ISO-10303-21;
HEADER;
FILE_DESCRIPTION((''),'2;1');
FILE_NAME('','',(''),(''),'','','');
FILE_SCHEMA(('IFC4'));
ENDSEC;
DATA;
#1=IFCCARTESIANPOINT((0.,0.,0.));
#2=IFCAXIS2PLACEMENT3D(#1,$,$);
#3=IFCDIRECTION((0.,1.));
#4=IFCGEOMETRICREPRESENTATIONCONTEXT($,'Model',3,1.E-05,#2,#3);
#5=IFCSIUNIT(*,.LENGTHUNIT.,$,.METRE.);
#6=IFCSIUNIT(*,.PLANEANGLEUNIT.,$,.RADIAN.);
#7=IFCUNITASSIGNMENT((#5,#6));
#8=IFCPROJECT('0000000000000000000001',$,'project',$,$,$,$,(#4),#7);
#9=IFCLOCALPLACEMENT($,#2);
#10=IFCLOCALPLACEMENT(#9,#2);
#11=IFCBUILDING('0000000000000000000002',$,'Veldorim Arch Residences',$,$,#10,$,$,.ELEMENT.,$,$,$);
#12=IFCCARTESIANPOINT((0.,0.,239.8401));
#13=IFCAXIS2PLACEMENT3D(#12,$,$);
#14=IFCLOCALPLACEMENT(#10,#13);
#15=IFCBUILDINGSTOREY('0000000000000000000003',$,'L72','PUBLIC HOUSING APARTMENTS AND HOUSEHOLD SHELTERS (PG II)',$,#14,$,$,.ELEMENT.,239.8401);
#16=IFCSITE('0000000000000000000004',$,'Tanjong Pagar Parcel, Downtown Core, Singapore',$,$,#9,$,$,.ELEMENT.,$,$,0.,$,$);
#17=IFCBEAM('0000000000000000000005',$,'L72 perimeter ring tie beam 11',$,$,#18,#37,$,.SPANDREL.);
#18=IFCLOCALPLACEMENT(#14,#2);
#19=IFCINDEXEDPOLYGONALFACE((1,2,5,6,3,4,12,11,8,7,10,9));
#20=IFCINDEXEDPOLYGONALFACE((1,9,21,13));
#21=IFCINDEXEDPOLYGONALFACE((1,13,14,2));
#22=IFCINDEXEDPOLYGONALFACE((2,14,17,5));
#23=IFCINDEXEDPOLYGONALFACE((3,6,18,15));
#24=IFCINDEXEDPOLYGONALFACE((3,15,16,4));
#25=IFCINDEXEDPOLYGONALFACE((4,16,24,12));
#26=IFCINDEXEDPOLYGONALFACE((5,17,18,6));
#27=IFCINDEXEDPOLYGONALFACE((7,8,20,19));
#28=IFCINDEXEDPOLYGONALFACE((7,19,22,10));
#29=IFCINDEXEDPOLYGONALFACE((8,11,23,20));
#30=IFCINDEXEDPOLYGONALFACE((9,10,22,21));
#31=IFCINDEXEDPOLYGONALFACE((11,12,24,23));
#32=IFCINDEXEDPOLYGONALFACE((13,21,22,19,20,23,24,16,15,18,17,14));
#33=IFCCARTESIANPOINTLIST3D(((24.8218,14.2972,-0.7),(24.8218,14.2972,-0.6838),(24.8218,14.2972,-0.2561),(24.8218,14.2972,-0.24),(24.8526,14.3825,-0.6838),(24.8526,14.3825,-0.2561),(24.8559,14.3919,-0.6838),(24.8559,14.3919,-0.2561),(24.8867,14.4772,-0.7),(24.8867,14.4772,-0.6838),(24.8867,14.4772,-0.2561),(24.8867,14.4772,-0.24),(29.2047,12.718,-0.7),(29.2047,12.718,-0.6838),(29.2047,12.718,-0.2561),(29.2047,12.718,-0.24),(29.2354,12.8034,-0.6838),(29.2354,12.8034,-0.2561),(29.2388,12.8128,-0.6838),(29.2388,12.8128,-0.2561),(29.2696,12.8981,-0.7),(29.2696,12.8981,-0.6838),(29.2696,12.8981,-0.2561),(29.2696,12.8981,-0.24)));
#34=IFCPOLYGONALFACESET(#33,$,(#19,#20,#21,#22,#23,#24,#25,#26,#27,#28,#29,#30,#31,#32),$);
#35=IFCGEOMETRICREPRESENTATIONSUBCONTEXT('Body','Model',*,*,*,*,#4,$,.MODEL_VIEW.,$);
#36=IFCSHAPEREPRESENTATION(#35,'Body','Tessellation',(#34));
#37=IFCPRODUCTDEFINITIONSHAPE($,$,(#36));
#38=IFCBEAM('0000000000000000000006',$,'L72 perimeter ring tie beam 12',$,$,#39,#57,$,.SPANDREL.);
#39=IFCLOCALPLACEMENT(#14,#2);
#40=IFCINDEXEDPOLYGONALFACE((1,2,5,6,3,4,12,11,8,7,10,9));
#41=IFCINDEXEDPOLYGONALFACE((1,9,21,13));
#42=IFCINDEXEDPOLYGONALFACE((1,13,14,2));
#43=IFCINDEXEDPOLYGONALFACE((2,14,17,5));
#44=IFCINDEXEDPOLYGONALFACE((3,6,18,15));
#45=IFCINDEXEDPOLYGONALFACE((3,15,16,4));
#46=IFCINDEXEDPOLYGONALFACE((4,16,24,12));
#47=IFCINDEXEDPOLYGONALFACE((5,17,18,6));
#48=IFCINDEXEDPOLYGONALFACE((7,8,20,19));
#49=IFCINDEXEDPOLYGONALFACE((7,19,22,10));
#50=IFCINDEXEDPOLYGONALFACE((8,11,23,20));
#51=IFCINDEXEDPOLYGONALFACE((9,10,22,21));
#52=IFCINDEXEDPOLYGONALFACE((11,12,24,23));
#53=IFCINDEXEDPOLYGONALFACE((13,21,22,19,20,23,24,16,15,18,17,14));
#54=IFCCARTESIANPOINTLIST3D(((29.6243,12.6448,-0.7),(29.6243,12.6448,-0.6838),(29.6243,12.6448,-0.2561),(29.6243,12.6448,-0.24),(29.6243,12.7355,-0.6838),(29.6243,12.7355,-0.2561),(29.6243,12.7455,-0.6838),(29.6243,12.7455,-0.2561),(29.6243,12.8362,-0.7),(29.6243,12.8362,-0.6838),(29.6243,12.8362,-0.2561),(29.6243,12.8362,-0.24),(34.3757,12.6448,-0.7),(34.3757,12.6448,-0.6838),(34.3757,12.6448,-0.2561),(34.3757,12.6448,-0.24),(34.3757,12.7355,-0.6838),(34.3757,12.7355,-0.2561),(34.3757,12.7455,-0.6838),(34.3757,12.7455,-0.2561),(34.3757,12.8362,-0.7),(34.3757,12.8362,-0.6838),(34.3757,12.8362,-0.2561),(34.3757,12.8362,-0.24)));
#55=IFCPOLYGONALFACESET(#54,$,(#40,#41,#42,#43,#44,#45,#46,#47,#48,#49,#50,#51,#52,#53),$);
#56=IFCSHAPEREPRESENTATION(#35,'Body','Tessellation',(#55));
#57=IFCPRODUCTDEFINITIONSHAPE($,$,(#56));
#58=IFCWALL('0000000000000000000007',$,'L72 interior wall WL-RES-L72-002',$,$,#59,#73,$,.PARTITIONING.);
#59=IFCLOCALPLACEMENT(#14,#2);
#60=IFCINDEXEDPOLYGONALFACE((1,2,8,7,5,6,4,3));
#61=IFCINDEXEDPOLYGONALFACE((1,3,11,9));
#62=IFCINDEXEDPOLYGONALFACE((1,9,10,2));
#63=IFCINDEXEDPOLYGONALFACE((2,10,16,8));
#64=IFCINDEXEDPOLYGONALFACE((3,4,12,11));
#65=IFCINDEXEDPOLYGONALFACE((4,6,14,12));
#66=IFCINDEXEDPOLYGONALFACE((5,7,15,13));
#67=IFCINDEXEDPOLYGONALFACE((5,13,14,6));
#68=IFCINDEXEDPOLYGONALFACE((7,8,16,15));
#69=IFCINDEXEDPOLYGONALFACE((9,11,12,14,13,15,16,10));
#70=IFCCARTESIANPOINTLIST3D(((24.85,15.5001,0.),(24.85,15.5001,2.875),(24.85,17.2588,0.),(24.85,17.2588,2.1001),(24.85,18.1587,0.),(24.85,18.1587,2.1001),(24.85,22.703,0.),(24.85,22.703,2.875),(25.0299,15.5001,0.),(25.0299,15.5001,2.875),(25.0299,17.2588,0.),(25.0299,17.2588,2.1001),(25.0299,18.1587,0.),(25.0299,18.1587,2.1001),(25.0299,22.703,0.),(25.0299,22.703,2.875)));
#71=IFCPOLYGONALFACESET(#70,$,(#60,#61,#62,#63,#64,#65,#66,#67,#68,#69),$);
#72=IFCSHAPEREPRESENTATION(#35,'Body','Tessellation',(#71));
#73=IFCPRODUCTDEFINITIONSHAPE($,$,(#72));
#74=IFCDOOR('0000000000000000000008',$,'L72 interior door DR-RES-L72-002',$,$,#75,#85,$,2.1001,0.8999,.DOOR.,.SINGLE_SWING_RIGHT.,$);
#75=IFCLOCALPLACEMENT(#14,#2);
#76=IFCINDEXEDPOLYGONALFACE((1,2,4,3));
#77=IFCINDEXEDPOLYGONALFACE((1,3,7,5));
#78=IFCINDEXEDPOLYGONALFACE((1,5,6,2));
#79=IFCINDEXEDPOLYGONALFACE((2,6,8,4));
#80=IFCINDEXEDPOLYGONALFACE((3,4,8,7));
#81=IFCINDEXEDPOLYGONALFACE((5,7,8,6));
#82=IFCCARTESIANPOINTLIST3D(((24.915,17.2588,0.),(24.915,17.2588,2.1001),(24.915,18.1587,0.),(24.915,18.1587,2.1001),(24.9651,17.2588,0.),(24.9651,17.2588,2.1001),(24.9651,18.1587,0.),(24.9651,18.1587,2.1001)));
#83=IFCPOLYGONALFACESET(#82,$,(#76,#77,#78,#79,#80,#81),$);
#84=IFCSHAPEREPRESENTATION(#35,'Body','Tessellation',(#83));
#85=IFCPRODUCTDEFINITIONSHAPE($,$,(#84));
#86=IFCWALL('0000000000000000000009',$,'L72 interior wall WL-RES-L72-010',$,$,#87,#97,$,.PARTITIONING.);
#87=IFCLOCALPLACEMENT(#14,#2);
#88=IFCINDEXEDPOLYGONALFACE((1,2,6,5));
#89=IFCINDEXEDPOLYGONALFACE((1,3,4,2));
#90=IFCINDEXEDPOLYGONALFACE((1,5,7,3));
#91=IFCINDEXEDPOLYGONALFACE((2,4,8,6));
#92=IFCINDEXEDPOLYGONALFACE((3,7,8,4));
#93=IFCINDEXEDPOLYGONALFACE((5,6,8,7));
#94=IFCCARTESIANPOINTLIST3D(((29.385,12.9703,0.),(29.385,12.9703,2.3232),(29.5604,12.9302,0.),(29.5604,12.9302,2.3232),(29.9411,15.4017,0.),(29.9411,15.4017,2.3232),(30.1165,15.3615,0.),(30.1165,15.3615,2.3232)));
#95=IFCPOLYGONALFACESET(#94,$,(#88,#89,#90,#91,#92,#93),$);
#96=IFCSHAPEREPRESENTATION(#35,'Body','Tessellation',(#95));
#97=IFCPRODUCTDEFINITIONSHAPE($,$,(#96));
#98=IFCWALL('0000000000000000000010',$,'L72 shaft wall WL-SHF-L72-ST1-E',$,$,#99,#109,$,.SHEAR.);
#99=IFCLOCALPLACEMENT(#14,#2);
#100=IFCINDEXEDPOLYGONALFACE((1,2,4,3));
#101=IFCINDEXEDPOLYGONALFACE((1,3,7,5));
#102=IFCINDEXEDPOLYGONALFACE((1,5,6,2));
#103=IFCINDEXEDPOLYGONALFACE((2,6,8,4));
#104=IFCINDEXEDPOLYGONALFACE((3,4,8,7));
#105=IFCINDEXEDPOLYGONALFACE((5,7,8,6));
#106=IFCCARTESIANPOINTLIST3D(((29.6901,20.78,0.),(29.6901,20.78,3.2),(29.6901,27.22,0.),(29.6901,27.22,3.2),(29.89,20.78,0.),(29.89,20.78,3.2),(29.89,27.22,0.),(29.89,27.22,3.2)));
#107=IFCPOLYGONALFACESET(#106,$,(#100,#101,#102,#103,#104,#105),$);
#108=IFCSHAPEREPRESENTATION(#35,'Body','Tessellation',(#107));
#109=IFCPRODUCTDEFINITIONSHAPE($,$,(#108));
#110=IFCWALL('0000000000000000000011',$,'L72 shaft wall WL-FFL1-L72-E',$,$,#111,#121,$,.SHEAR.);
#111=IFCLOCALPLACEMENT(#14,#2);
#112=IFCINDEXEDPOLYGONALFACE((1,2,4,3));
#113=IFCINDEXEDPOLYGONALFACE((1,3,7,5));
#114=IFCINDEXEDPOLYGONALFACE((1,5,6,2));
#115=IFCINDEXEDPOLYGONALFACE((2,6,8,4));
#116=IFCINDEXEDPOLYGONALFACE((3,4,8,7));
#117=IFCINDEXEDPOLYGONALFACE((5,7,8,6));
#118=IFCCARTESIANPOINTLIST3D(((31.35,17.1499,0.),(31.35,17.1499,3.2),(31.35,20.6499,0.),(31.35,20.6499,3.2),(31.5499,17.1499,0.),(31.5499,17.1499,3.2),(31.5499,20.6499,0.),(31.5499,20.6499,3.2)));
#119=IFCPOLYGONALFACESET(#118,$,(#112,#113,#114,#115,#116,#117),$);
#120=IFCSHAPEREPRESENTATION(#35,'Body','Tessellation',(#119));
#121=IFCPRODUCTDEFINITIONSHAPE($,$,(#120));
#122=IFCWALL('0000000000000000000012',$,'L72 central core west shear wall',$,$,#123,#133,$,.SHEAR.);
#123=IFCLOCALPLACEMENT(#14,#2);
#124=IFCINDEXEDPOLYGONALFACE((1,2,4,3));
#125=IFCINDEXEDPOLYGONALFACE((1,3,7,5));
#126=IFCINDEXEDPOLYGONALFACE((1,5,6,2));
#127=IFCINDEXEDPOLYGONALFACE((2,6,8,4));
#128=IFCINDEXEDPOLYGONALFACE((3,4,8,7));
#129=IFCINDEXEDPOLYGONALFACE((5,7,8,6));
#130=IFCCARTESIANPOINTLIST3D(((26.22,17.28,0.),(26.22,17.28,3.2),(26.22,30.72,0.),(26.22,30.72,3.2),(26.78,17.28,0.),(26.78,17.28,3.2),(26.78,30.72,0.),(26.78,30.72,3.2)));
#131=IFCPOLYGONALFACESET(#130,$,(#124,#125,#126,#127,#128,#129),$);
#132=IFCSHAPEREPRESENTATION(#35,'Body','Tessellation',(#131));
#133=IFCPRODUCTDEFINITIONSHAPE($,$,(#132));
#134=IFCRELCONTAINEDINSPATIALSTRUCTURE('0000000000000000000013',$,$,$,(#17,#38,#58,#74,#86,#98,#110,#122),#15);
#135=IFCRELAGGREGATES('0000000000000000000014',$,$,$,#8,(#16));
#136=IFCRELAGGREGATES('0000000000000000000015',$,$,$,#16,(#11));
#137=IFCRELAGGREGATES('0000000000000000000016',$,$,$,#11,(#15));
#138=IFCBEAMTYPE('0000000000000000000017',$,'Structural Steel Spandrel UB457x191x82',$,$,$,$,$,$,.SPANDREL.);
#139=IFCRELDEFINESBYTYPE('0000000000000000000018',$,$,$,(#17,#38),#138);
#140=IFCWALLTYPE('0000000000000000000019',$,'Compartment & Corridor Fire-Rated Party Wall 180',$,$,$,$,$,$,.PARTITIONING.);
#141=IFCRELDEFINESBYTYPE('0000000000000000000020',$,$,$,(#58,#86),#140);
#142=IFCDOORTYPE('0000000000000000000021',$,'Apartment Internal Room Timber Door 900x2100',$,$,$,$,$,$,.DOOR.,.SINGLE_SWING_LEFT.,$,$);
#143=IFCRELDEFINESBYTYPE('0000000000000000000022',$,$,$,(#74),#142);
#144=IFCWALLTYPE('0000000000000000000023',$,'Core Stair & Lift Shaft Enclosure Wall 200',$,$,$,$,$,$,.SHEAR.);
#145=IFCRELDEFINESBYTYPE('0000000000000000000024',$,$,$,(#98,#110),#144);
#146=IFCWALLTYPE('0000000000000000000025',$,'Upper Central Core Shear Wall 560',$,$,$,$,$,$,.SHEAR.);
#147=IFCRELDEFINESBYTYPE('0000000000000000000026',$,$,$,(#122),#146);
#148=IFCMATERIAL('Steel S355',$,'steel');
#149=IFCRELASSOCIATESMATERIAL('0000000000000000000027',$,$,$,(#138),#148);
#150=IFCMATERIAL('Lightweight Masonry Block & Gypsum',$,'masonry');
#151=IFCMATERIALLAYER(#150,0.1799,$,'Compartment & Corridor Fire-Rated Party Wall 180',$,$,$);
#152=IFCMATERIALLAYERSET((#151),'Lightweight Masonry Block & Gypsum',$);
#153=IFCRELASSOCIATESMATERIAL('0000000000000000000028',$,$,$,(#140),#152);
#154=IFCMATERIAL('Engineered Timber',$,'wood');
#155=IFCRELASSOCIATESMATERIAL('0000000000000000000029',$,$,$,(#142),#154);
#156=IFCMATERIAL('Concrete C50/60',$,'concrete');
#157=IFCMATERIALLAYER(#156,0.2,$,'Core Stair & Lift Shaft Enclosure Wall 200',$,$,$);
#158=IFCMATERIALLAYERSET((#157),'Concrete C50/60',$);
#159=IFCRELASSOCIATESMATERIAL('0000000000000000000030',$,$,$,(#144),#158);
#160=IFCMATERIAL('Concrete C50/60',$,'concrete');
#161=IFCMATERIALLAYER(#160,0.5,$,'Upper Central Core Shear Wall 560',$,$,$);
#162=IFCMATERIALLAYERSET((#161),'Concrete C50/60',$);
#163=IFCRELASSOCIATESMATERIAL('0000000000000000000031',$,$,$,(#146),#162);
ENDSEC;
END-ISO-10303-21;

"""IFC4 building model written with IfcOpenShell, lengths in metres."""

from ifc_helpers import new_model, si_unit, direction, frame, frame_2d, origin, origin_2d, place, context, subcontext, project, spatial, rectangle, i_section, extrude, material, layer, layer_set, material_profile, profile_set, type_object, element, fill, save


model = new_model("IFC4")

# Units and contexts
model_context = context("Model", 3, precision=1e-05, world=origin(), true_north=direction((0.0, 1.0)))
body_context = subcontext(model_context, "Body", "Model", "MODEL_VIEW")
ifc_project = project(units=[si_unit("LENGTHUNIT", "METRE"), si_unit("PLANEANGLEUNIT", "RADIAN")], contexts=[model_context])

# Site, building, storey
site_placement = place(None, origin())
site = spatial("IfcSite", under=ifc_project, at=site_placement, Name="Tanjong Pagar Parcel, Downtown Core, Singapore", CompositionType="ELEMENT", RefElevation=0.0)
building_placement = place(site_placement, origin())
building = spatial("IfcBuilding", under=site, at=building_placement, Name="Veldorim Arch Residences", CompositionType="ELEMENT")
storey_placement = place(building_placement, frame((0.0, 0.0, 239.8401)))
storey = spatial("IfcBuildingStorey", under=building, at=storey_placement, Name="L72", Description="PUBLIC HOUSING APARTMENTS AND HOUSEHOLD SHELTERS (PG II)", CompositionType="ELEMENT", Elevation=239.8401)

# Beams
ifc_material_1 = material(Name="Steel S355", Category="steel")
ifc_material_profile_1 = material_profile(ifc_material_1, i_section(OverallWidth=0.1914, OverallDepth=0.46, WebThickness=0.01, FlangeThickness=0.0161, at=origin_2d()), Name="UB457x191x82")
ifc_profile_set_1 = profile_set([ifc_material_profile_1], Name="Steel S355")
beam_type_1 = type_object("IfcBeamType", Name="Structural Steel Spandrel UB457x191x82", PredefinedType="SPANDREL", material=ifc_profile_set_1)
beam_1_placement = place(storey_placement, frame((24.8542, 14.3872, -0.47), z_axis=(0.940799, -0.338964, 0.0), x_axis=(0.338964, 0.940799, 0.0)))
element("IfcBeam", 1, at=beam_1_placement, inside=storey, type_object=beam_type_1, Name="L72 perimeter ring tie beam 11", PredefinedType="SPANDREL", context=body_context, shape_type="SweptSolid", body=[
    extrude(i_section(OverallWidth=0.1914, OverallDepth=0.46, WebThickness=0.01, FlangeThickness=0.0161, at=origin_2d()), origin(), (0.0, 0.0, 1.0), 4.6587),
])
beam_2_placement = place(storey_placement, frame((29.6243, 12.7405, -0.47), z_axis=(1.0, 0.0, 0.0), x_axis=(0.0, 1.0, 0.0)))
element("IfcBeam", 2, at=beam_2_placement, inside=storey, type_object=beam_type_1, Name="L72 perimeter ring tie beam 12", PredefinedType="SPANDREL", context=body_context, shape_type="SweptSolid", body=[
    extrude(i_section(OverallWidth=0.1914, OverallDepth=0.46, WebThickness=0.01, FlangeThickness=0.0161, at=origin_2d()), origin(), (0.0, 0.0, 1.0), 4.7515),
])

# Wall, opening, door
ifc_material_2 = material(Name="Lightweight Masonry Block & Gypsum", Category="masonry")
ifc_layer_1 = layer(ifc_material_2, 0.1799, Name="Compartment & Corridor Fire-Rated Party Wall 180")
ifc_layer_set_1 = layer_set([ifc_layer_1], Name="Lightweight Masonry Block & Gypsum")
wall_type_1 = type_object("IfcWallType", Name="Compartment & Corridor Fire-Rated Party Wall 180", PredefinedType="PARTITIONING", material=ifc_layer_set_1)
wall_1_placement = place(storey_placement, frame((24.9399, 15.5, 0.0), z_axis=(0.0, 0.0, 1.0), x_axis=(0.0, 1.0, 0.0)))
wall_1 = element("IfcWall", 3, at=wall_1_placement, inside=storey, type_object=wall_type_1, Name="L72 interior wall WL-RES-L72-002", PredefinedType="PARTITIONING", context=body_context, shape_type="SweptSolid", body=[
    extrude(rectangle(XDim=7.2029, YDim=0.1799, at=frame_2d((3.6016, 0.0))), origin(), (0.0, 0.0, 1.0), 2.875),
])
opening_1_placement = place(wall_1_placement, frame((1.7588, 0.0, 0.0)))
opening_1 = element("IfcOpeningElement", 4, at=opening_1_placement, cuts=wall_1, PredefinedType="OPENING", context=body_context, shape_type="SweptSolid", body=[
    extrude(rectangle(XDim=0.8999, YDim=2.1001, at=frame_2d((0.45, 1.05))), frame((0.0, 0.0999, 0.0), z_axis=(0.0, -1.0, 0.0), x_axis=(1.0, 0.0, 0.0)), (0.0, 0.0, 1.0), 0.2),
])
ifc_material_3 = material(Name="Engineered Timber", Category="wood")
door_type_1 = type_object("IfcDoorType", Name="Apartment Internal Room Timber Door 900x2100", OperationType="SINGLE_SWING_LEFT", PredefinedType="DOOR", material=ifc_material_3)
door_1_placement = place(opening_1_placement, origin())
door_1 = element("IfcDoor", 5, at=door_1_placement, inside=storey, type_object=door_type_1, Name="L72 interior door DR-RES-L72-002", OperationType="SINGLE_SWING_RIGHT", OverallHeight=2.1001, OverallWidth=0.8999, PredefinedType="DOOR", context=body_context, shape_type="SweptSolid", body=[
    extrude(rectangle(XDim=0.8999, YDim=2.1001, at=frame_2d((0.45, 1.05))), frame((0.0, 0.0249, 0.0), z_axis=(0.0, -1.0, 0.0), x_axis=(1.0, 0.0, 0.0)), (0.0, 0.0, 1.0), 0.05),
])
fill(opening_1, door_1)

# Walls
wall_2_placement = place(storey_placement, frame((30.0288, 15.3816, 0.0), z_axis=(0.0, 0.0, 1.0), x_axis=(-0.222979, -0.974823, 0.0)))
element("IfcWall", 6, at=wall_2_placement, inside=storey, type_object=wall_type_1, Name="L72 interior wall WL-RES-L72-010", PredefinedType="PARTITIONING", context=body_context, shape_type="SweptSolid", body=[
    extrude(rectangle(XDim=2.4941, YDim=0.1799, at=frame_2d((1.2471, 0.0))), origin(), (0.0, 0.0, 1.0), 2.3232),
])
ifc_material_4 = material(Name="Concrete C50/60", Category="concrete")
ifc_layer_2 = layer(ifc_material_4, 0.2, Name="Core Stair & Lift Shaft Enclosure Wall 200")
ifc_layer_set_2 = layer_set([ifc_layer_2], Name="Concrete C50/60")
wall_type_2 = type_object("IfcWallType", Name="Core Stair & Lift Shaft Enclosure Wall 200", PredefinedType="SHEAR", material=ifc_layer_set_2)
wall_3_placement = place(storey_placement, frame((29.79, 20.78, 0.0), z_axis=(0.0, 0.0, 1.0), x_axis=(0.0, 1.0, 0.0)))
element("IfcWall", 7, at=wall_3_placement, inside=storey, type_object=wall_type_2, Name="L72 shaft wall WL-SHF-L72-ST1-E", PredefinedType="SHEAR", context=body_context, shape_type="SweptSolid", body=[
    extrude(rectangle(XDim=6.4399, YDim=0.2, at=frame_2d((3.22, 0.0))), origin(), (0.0, 0.0, 1.0), 3.2),
])

# Wall
wall_4_placement = place(storey_placement, frame((31.45, 17.1499, 0.0), z_axis=(0.0, 0.0, 1.0), x_axis=(0.0, 1.0, 0.0)))
element("IfcWall", 8, at=wall_4_placement, inside=storey, type_object=wall_type_2, Name="L72 shaft wall WL-FFL1-L72-E", PredefinedType="SHEAR", context=body_context, shape_type="SweptSolid", body=[
    extrude(rectangle(XDim=3.5, YDim=0.2, at=frame_2d((1.75, 0.0))), origin(), (0.0, 0.0, 1.0), 3.2),
])

# Shared definitions
ifc_material_5 = material(Name="Concrete C50/60", Category="concrete")
ifc_layer_3 = layer(ifc_material_5, 0.5, Name="Upper Central Core Shear Wall 560")
ifc_layer_set_3 = layer_set([ifc_layer_3], Name="Concrete C50/60")
wall_type_3 = type_object("IfcWallType", Name="Upper Central Core Shear Wall 560", PredefinedType="SHEAR", material=ifc_layer_set_3)

# Wall
wall_5_placement = place(storey_placement, frame((26.5, 17.28, 0.0), z_axis=(0.0, 0.0, 1.0), x_axis=(0.0, 1.0, 0.0)))
element("IfcWall", 9, at=wall_5_placement, inside=storey, type_object=wall_type_3, Name="L72 central core west shear wall", PredefinedType="SHEAR", context=body_context, shape_type="SweptSolid", body=[
    extrude(rectangle(XDim=13.4399, YDim=0.5601, at=frame_2d((6.72, 0.0))), origin(), (0.0, 0.0, 1.0), 3.2),
])

save(model, "model.ifc")
